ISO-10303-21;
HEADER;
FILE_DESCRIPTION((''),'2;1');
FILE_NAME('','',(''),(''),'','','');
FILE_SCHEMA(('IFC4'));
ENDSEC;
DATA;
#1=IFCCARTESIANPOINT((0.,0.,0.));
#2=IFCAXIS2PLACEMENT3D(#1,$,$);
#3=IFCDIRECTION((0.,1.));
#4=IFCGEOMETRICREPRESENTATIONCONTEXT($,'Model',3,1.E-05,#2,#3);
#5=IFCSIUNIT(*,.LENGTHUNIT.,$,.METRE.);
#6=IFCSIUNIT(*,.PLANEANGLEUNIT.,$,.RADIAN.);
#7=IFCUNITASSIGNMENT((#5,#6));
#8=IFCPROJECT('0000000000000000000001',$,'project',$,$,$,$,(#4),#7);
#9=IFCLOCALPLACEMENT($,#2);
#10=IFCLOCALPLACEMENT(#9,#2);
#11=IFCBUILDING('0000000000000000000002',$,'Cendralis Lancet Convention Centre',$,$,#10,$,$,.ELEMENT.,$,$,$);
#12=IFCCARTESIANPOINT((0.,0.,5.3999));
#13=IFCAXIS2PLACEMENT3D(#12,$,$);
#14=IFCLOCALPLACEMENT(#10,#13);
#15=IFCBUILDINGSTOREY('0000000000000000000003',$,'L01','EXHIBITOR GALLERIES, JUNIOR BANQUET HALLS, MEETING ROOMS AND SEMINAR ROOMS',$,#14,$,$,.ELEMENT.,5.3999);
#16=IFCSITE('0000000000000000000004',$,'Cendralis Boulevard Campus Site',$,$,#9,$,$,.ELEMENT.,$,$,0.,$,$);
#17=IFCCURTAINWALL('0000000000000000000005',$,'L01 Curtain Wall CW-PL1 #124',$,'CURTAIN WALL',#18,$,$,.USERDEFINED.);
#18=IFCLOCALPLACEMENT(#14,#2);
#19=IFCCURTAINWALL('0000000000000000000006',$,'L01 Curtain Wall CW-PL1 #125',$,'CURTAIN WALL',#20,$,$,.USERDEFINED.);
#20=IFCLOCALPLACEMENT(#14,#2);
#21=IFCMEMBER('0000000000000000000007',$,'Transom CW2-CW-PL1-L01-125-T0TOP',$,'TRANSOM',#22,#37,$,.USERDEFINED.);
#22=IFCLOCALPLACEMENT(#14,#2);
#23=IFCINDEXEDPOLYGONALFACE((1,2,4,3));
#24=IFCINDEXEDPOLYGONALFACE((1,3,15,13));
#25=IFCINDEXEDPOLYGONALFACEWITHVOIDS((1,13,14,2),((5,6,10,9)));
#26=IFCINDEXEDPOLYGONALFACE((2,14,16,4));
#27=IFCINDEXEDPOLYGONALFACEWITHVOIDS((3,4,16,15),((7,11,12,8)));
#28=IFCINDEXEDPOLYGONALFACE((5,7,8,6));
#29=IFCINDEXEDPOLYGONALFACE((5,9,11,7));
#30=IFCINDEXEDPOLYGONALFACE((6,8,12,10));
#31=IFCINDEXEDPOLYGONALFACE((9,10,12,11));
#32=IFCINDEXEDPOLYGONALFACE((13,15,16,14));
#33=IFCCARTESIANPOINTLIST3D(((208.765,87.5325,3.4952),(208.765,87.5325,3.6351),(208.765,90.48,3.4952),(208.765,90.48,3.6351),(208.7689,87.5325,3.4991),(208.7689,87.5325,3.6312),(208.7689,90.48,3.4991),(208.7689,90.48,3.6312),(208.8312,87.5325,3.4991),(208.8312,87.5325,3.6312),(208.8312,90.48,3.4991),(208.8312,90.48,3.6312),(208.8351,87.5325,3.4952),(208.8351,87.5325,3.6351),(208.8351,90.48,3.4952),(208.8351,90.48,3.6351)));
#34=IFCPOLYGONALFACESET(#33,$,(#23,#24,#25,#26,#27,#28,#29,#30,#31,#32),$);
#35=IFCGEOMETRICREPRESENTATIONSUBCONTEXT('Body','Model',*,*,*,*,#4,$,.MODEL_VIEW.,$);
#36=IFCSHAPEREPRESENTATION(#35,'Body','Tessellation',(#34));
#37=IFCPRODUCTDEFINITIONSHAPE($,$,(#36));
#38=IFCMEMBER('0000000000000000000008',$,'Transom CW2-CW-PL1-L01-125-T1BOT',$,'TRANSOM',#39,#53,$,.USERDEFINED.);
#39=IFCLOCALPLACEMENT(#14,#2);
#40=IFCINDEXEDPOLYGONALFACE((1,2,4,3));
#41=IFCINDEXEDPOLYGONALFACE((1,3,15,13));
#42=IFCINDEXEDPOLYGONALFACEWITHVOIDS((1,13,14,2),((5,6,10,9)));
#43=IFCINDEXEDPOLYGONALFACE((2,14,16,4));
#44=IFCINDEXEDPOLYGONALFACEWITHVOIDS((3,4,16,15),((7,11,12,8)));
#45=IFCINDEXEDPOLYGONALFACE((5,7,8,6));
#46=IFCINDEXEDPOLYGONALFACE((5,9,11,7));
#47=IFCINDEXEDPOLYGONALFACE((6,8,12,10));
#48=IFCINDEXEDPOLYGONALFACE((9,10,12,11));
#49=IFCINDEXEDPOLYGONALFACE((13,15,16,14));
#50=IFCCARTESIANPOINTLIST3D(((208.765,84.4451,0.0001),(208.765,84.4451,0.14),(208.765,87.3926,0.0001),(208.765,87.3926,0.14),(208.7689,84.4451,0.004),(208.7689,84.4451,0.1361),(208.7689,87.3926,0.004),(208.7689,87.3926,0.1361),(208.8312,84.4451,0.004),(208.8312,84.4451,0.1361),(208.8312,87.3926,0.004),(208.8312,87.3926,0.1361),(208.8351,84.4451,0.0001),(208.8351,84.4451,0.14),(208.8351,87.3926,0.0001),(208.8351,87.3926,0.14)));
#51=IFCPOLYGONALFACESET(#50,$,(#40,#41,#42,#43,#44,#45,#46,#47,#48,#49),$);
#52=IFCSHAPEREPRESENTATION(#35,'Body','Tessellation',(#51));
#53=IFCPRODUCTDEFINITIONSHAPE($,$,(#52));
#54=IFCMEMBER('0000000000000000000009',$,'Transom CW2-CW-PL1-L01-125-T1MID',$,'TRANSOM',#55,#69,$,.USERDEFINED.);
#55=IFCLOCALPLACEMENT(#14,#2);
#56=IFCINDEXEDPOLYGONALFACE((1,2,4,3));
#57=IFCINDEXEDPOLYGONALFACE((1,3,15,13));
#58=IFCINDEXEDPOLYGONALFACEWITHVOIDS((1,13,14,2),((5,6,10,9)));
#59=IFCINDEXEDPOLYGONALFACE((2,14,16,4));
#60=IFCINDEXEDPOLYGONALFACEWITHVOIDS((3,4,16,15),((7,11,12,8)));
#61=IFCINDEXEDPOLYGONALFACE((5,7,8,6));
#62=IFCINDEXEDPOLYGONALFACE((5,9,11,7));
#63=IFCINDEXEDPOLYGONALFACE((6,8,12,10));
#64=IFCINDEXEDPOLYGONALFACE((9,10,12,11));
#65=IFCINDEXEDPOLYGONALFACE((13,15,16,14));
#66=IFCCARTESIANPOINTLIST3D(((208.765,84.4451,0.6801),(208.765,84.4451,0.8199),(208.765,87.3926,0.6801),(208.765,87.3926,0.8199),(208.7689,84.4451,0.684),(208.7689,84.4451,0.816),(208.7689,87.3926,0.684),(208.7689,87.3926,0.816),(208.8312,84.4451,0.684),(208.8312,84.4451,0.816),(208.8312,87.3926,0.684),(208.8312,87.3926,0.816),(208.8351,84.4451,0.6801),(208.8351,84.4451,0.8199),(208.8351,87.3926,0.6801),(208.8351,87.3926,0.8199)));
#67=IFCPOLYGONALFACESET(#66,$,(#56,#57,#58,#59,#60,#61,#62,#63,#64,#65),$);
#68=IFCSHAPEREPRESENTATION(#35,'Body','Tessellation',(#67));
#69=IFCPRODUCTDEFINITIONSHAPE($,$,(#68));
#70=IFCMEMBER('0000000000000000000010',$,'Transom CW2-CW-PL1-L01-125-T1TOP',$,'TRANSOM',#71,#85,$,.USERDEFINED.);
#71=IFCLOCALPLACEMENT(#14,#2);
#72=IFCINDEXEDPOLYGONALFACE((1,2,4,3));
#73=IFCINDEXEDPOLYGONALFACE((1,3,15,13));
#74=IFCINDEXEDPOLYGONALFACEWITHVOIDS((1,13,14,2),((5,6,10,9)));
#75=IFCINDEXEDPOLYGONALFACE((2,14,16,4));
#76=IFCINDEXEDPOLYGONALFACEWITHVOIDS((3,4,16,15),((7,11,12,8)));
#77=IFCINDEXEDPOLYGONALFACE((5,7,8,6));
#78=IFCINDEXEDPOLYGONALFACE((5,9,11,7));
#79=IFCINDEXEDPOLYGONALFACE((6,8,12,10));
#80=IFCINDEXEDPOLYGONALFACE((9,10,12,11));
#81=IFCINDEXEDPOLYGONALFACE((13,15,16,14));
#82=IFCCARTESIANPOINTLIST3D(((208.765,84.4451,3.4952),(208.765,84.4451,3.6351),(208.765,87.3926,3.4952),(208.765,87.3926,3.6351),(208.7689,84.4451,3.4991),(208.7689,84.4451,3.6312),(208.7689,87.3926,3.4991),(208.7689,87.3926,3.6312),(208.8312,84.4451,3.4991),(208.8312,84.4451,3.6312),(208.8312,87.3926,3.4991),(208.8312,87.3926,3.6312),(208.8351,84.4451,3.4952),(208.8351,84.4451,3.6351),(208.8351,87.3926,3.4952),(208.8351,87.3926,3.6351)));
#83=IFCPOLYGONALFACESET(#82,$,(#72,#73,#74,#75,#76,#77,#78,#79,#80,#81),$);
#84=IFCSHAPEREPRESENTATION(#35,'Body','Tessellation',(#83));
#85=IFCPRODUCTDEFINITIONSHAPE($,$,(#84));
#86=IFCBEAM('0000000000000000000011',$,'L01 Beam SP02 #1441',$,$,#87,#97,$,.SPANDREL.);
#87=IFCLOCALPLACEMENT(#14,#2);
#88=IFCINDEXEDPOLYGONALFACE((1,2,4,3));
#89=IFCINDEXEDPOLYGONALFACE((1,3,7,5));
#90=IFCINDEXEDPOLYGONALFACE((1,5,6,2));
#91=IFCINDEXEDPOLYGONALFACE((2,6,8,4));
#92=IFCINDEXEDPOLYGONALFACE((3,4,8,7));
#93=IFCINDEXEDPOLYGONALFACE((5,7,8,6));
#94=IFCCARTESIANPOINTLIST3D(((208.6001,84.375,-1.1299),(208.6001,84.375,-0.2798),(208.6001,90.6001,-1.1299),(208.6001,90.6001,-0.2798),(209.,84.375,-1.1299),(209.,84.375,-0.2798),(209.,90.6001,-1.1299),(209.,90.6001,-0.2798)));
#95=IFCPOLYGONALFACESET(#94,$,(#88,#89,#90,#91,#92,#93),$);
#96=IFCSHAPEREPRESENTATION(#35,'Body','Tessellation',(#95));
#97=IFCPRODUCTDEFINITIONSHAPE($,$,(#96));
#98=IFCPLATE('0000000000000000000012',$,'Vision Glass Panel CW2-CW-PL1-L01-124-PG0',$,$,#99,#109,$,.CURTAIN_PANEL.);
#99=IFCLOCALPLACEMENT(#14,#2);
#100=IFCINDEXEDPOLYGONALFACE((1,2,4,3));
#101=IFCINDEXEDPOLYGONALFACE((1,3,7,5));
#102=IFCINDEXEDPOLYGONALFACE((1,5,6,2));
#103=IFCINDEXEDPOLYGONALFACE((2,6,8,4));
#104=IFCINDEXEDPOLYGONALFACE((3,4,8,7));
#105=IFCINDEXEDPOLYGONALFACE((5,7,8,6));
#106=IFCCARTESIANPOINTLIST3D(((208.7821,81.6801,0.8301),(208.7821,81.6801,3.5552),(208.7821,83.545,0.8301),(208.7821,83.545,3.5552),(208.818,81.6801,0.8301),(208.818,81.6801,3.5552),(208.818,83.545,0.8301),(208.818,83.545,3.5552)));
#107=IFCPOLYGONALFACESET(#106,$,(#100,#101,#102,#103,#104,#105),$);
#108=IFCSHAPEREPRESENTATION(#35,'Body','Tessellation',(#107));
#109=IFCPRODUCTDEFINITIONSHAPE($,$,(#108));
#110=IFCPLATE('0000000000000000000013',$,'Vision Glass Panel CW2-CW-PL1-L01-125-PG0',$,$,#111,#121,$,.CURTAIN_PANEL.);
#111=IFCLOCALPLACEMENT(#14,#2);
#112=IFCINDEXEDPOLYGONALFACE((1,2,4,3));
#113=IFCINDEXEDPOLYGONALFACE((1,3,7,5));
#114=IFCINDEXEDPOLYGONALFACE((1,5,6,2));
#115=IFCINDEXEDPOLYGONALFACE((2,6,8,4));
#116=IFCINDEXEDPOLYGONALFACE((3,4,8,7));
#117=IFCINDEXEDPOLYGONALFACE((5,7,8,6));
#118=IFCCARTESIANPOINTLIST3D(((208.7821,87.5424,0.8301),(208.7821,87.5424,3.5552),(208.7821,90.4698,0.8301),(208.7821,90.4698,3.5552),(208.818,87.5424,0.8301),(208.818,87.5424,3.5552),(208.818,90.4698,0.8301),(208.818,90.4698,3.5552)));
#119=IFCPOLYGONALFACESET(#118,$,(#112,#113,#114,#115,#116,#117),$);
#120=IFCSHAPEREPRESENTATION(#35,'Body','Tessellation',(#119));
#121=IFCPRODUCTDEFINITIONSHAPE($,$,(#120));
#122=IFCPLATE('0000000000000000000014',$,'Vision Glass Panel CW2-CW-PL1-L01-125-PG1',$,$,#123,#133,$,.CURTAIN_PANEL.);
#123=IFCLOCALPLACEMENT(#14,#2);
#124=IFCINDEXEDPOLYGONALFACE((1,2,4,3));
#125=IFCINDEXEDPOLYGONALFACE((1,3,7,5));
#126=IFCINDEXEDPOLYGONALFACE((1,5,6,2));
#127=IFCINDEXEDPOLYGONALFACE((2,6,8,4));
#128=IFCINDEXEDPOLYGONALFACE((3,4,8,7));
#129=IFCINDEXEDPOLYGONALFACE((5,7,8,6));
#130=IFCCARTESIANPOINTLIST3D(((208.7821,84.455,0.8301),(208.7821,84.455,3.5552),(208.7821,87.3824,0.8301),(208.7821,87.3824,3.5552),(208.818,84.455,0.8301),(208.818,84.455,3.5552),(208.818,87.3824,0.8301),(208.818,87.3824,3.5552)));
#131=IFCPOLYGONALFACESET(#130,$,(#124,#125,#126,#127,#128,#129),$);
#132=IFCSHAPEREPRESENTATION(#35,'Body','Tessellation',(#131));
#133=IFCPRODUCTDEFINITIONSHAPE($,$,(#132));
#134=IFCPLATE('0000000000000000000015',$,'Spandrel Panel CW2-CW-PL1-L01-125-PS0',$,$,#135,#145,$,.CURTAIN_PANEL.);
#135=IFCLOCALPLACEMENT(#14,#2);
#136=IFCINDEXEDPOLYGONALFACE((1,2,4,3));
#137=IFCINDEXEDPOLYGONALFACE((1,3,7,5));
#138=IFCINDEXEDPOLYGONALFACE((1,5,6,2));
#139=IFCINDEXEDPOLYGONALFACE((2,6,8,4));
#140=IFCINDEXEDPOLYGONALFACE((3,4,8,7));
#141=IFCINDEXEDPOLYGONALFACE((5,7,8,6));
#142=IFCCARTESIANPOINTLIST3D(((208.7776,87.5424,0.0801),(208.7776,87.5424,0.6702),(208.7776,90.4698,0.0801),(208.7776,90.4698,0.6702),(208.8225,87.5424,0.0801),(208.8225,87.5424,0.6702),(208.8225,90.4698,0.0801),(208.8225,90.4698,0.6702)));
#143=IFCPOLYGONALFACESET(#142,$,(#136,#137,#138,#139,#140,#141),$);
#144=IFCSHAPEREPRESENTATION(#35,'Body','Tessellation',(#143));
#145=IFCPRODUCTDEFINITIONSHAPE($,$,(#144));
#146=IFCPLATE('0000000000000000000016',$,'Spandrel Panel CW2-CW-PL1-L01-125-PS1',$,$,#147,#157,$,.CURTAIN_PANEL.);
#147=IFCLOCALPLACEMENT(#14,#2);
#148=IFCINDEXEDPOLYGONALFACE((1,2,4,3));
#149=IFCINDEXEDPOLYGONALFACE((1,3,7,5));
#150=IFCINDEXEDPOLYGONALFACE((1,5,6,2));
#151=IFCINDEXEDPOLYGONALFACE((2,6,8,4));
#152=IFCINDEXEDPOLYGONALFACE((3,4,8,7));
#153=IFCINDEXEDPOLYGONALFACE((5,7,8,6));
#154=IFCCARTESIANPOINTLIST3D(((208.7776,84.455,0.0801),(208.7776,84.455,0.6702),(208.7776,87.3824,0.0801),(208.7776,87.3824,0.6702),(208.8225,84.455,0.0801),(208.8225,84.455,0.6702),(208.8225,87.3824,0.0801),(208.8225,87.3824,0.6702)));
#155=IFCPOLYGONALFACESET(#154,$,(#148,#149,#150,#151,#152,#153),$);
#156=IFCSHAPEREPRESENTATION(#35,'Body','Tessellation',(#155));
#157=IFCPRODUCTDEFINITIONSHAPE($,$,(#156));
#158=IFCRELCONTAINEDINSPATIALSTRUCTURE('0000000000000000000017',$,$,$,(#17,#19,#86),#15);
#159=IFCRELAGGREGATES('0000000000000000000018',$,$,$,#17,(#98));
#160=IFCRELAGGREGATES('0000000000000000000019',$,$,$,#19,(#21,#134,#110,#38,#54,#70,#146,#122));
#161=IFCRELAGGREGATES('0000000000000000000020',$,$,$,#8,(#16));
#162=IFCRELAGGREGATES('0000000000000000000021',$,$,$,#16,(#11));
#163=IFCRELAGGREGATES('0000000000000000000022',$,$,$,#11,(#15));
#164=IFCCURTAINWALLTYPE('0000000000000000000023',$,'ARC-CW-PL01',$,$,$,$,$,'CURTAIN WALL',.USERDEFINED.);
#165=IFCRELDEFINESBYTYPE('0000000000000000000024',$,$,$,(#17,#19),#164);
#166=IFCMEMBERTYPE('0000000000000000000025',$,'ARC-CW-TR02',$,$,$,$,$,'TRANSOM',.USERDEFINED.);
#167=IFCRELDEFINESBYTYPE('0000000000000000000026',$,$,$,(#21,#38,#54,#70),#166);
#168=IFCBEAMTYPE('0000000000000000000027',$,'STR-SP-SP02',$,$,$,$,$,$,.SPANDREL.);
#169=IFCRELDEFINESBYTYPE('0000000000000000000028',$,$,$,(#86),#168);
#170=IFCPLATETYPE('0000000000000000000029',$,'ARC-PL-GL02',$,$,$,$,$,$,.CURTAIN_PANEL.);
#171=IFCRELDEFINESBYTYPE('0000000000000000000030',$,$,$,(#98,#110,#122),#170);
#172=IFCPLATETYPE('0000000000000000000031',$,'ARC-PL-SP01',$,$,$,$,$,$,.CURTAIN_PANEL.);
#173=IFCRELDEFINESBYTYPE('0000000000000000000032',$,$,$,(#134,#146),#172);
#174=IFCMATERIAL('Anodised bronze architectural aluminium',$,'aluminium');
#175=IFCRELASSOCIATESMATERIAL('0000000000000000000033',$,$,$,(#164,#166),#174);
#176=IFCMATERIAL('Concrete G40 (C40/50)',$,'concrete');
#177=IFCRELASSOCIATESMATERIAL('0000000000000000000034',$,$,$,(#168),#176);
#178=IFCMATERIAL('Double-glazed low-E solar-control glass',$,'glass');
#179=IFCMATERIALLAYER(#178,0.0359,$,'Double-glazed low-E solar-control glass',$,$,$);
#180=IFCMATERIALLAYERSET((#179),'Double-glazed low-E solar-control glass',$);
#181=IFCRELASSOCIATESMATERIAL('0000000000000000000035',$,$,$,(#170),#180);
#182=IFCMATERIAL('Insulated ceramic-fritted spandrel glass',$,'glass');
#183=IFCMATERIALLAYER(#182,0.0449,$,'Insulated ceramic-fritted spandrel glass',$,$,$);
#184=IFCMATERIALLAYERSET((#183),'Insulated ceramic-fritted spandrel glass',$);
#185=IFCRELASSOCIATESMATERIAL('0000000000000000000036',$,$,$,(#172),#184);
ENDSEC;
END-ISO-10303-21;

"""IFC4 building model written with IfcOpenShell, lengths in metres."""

from ifc_helpers import new_model, si_unit, direction, frame, origin, origin_2d, place, context, subcontext, project, spatial, rectangle, hollow_rectangle, extrude, material, layer, layer_set, material_profile, profile_set, type_object, element, aggregate, save


model = new_model("IFC4")

# Units and contexts
model_context = context("Model", 3, precision=1e-05, world=origin(), true_north=direction((0.0, 1.0)))
body_context = subcontext(model_context, "Body", "Model", "MODEL_VIEW")
ifc_project = project(units=[si_unit("LENGTHUNIT", "METRE"), si_unit("PLANEANGLEUNIT", "RADIAN")], contexts=[model_context])

# Site, building, storey
site_placement = place(None, origin())
site = spatial("IfcSite", under=ifc_project, at=site_placement, Name="Cendralis Boulevard Campus Site", CompositionType="ELEMENT", RefElevation=0.0)
building_placement = place(site_placement, origin())
building = spatial("IfcBuilding", under=site, at=building_placement, Name="Cendralis Lancet Convention Centre", CompositionType="ELEMENT")
storey_placement = place(building_placement, frame((0.0, 0.0, 5.3999)))
storey = spatial("IfcBuildingStorey", under=building, at=storey_placement, Name="L01", Description="EXHIBITOR GALLERIES, JUNIOR BANQUET HALLS, MEETING ROOMS AND SEMINAR ROOMS", CompositionType="ELEMENT", Elevation=5.3999)

# Shared definitions
ifc_material_1 = material(Name="Concrete G40 (C40/50)", Category="concrete")

# Curtain wall
ifc_material_2 = material(Name="Anodised bronze architectural aluminium", Category="aluminium")
curtain_wall_type = type_object("IfcCurtainWallType", Name="ARC-CW-PL01", ElementType="CURTAIN WALL", PredefinedType="USERDEFINED", material=ifc_material_2)
curtain_wall_1_placement = place(storey_placement, origin())
curtain_wall_1 = element("IfcCurtainWall", 1, at=curtain_wall_1_placement, inside=storey, type_object=curtain_wall_type, Name="L01 Curtain Wall CW-PL1 #124", ObjectType="CURTAIN WALL", PredefinedType="USERDEFINED")

# Curtain wall
curtain_wall_2_placement = place(storey_placement, origin())
curtain_wall_2 = element("IfcCurtainWall", 2, at=curtain_wall_2_placement, inside=storey, type_object=curtain_wall_type, Name="L01 Curtain Wall CW-PL1 #125", ObjectType="CURTAIN WALL", PredefinedType="USERDEFINED")

# Members
ifc_material_profile_1 = material_profile(ifc_material_2, hollow_rectangle(XDim=0.0701, YDim=0.1399, WallThickness=0.0039, at=origin_2d()), Name="AL-TRAN 70x140x4.0")
ifc_profile_set_1 = profile_set([ifc_material_profile_1], Name="Anodised bronze architectural aluminium")
member_type_1 = type_object("IfcMemberType", Name="ARC-CW-TR02", ElementType="TRANSOM", PredefinedType="USERDEFINED", material=ifc_profile_set_1)
member_1_placement = place(storey_placement, frame((208.8, 90.48, 3.5652), z_axis=(0.0, -1.0, 0.0), x_axis=(1.0, 0.0, 0.0)))
member_1 = element("IfcMember", 3, at=member_1_placement, type_object=member_type_1, Name="Transom CW2-CW-PL1-L01-125-T0TOP", ObjectType="TRANSOM", PredefinedType="USERDEFINED", context=body_context, shape_type="SweptSolid", body=[
    extrude(hollow_rectangle(XDim=0.0701, YDim=0.1399, WallThickness=0.0039, at=origin_2d()), origin(), (0.0, 0.0, 1.0), 2.9475),
])
member_2_placement = place(storey_placement, frame((208.8, 87.3926, 0.0701), z_axis=(0.0, -1.0, 0.0), x_axis=(1.0, 0.0, 0.0)))
member_2 = element("IfcMember", 4, at=member_2_placement, type_object=member_type_1, Name="Transom CW2-CW-PL1-L01-125-T1BOT", ObjectType="TRANSOM", PredefinedType="USERDEFINED", context=body_context, shape_type="SweptSolid", body=[
    extrude(hollow_rectangle(XDim=0.0701, YDim=0.1399, WallThickness=0.0039, at=origin_2d()), origin(), (0.0, 0.0, 1.0), 2.9475),
])
member_3_placement = place(storey_placement, frame((208.8, 87.3926, 0.75), z_axis=(0.0, -1.0, 0.0), x_axis=(1.0, 0.0, 0.0)))
member_3 = element("IfcMember", 5, at=member_3_placement, type_object=member_type_1, Name="Transom CW2-CW-PL1-L01-125-T1MID", ObjectType="TRANSOM", PredefinedType="USERDEFINED", context=body_context, shape_type="SweptSolid", body=[
    extrude(hollow_rectangle(XDim=0.0701, YDim=0.1399, WallThickness=0.0039, at=origin_2d()), origin(), (0.0, 0.0, 1.0), 2.9475),
])
member_4_placement = place(storey_placement, frame((208.8, 87.3926, 3.5652), z_axis=(0.0, -1.0, 0.0), x_axis=(1.0, 0.0, 0.0)))
member_4 = element("IfcMember", 6, at=member_4_placement, type_object=member_type_1, Name="Transom CW2-CW-PL1-L01-125-T1TOP", ObjectType="TRANSOM", PredefinedType="USERDEFINED", context=body_context, shape_type="SweptSolid", body=[
    extrude(hollow_rectangle(XDim=0.0701, YDim=0.1399, WallThickness=0.0039, at=origin_2d()), origin(), (0.0, 0.0, 1.0), 2.9475),
])

# Beam
ifc_material_profile_2 = material_profile(ifc_material_1, rectangle(XDim=0.3999, YDim=0.8501, at=origin_2d()), Name="RCB 400x850")
ifc_profile_set_2 = profile_set([ifc_material_profile_2], Name="Concrete G40 (C40/50)")
beam_type = type_object("IfcBeamType", Name="STR-SP-SP02", PredefinedType="SPANDREL", material=ifc_profile_set_2)
beam_placement = place(storey_placement, frame((208.8, 84.375, -0.7048), z_axis=(0.0, 1.0, 0.0), x_axis=(-1.0, 0.0, 0.0)))
element("IfcBeam", 7, at=beam_placement, inside=storey, type_object=beam_type, Name="L01 Beam SP02 #1441", PredefinedType="SPANDREL", context=body_context, shape_type="SweptSolid", body=[
    extrude(rectangle(XDim=0.3999, YDim=0.8501, at=origin_2d()), origin(), (0.0, 0.0, 1.0), 6.2251),
])

# Plates
ifc_material_3 = material(Name="Double-glazed low-E solar-control glass", Category="glass")
ifc_layer_1 = layer(ifc_material_3, 0.0359, Name="Double-glazed low-E solar-control glass")
ifc_layer_set_1 = layer_set([ifc_layer_1], Name="Double-glazed low-E solar-control glass")
plate_type_1 = type_object("IfcPlateType", Name="ARC-PL-GL02", PredefinedType="CURTAIN_PANEL", material=ifc_layer_set_1)
plate_1_placement = place(storey_placement, frame((208.8, 82.6125, 0.8301), z_axis=(0.0, 0.0, 1.0), x_axis=(0.0, -1.0, 0.0)))
plate_1 = element("IfcPlate", 8, at=plate_1_placement, type_object=plate_type_1, Name="Vision Glass Panel CW2-CW-PL1-L01-124-PG0", PredefinedType="CURTAIN_PANEL", context=body_context, shape_type="SweptSolid", body=[
    extrude(rectangle(XDim=1.865, YDim=0.0359, at=origin_2d()), origin(), (0.0, 0.0, 1.0), 2.7251),
])
aggregate(curtain_wall_1, [plate_1])
plate_2_placement = place(storey_placement, frame((208.8, 89.0061, 0.8301), z_axis=(0.0, 0.0, 1.0), x_axis=(0.0, -1.0, 0.0)))
plate_2 = element("IfcPlate", 9, at=plate_2_placement, type_object=plate_type_1, Name="Vision Glass Panel CW2-CW-PL1-L01-125-PG0", PredefinedType="CURTAIN_PANEL", context=body_context, shape_type="SweptSolid", body=[
    extrude(rectangle(XDim=2.9275, YDim=0.0359, at=origin_2d()), origin(), (0.0, 0.0, 1.0), 2.7251),
])
plate_3_placement = place(storey_placement, frame((208.8, 85.9187, 0.8301), z_axis=(0.0, 0.0, 1.0), x_axis=(0.0, -1.0, 0.0)))
plate_3 = element("IfcPlate", 10, at=plate_3_placement, type_object=plate_type_1, Name="Vision Glass Panel CW2-CW-PL1-L01-125-PG1", PredefinedType="CURTAIN_PANEL", context=body_context, shape_type="SweptSolid", body=[
    extrude(rectangle(XDim=2.9275, YDim=0.0359, at=origin_2d()), origin(), (0.0, 0.0, 1.0), 2.7251),
])
ifc_material_4 = material(Name="Insulated ceramic-fritted spandrel glass", Category="glass")
ifc_layer_2 = layer(ifc_material_4, 0.0449, Name="Insulated ceramic-fritted spandrel glass")
ifc_layer_set_2 = layer_set([ifc_layer_2], Name="Insulated ceramic-fritted spandrel glass")
plate_type_2 = type_object("IfcPlateType", Name="ARC-PL-SP01", PredefinedType="CURTAIN_PANEL", material=ifc_layer_set_2)
plate_4_placement = place(storey_placement, frame((208.8, 89.0061, 0.0801), z_axis=(0.0, 0.0, 1.0), x_axis=(0.0, -1.0, 0.0)))
plate_4 = element("IfcPlate", 11, at=plate_4_placement, type_object=plate_type_2, Name="Spandrel Panel CW2-CW-PL1-L01-125-PS0", PredefinedType="CURTAIN_PANEL", context=body_context, shape_type="SweptSolid", body=[
    extrude(rectangle(XDim=2.9275, YDim=0.0449, at=origin_2d()), origin(), (0.0, 0.0, 1.0), 0.5901),
])
plate_5_placement = place(storey_placement, frame((208.8, 85.9187, 0.0801), z_axis=(0.0, 0.0, 1.0), x_axis=(0.0, -1.0, 0.0)))
plate_5 = element("IfcPlate", 12, at=plate_5_placement, type_object=plate_type_2, Name="Spandrel Panel CW2-CW-PL1-L01-125-PS1", PredefinedType="CURTAIN_PANEL", context=body_context, shape_type="SweptSolid", body=[
    extrude(rectangle(XDim=2.9275, YDim=0.0449, at=origin_2d()), origin(), (0.0, 0.0, 1.0), 0.5901),
])
aggregate(curtain_wall_2, [member_1, plate_4, plate_2, member_2, member_3, member_4, plate_5, plate_3])

save(model, "model.ifc")
